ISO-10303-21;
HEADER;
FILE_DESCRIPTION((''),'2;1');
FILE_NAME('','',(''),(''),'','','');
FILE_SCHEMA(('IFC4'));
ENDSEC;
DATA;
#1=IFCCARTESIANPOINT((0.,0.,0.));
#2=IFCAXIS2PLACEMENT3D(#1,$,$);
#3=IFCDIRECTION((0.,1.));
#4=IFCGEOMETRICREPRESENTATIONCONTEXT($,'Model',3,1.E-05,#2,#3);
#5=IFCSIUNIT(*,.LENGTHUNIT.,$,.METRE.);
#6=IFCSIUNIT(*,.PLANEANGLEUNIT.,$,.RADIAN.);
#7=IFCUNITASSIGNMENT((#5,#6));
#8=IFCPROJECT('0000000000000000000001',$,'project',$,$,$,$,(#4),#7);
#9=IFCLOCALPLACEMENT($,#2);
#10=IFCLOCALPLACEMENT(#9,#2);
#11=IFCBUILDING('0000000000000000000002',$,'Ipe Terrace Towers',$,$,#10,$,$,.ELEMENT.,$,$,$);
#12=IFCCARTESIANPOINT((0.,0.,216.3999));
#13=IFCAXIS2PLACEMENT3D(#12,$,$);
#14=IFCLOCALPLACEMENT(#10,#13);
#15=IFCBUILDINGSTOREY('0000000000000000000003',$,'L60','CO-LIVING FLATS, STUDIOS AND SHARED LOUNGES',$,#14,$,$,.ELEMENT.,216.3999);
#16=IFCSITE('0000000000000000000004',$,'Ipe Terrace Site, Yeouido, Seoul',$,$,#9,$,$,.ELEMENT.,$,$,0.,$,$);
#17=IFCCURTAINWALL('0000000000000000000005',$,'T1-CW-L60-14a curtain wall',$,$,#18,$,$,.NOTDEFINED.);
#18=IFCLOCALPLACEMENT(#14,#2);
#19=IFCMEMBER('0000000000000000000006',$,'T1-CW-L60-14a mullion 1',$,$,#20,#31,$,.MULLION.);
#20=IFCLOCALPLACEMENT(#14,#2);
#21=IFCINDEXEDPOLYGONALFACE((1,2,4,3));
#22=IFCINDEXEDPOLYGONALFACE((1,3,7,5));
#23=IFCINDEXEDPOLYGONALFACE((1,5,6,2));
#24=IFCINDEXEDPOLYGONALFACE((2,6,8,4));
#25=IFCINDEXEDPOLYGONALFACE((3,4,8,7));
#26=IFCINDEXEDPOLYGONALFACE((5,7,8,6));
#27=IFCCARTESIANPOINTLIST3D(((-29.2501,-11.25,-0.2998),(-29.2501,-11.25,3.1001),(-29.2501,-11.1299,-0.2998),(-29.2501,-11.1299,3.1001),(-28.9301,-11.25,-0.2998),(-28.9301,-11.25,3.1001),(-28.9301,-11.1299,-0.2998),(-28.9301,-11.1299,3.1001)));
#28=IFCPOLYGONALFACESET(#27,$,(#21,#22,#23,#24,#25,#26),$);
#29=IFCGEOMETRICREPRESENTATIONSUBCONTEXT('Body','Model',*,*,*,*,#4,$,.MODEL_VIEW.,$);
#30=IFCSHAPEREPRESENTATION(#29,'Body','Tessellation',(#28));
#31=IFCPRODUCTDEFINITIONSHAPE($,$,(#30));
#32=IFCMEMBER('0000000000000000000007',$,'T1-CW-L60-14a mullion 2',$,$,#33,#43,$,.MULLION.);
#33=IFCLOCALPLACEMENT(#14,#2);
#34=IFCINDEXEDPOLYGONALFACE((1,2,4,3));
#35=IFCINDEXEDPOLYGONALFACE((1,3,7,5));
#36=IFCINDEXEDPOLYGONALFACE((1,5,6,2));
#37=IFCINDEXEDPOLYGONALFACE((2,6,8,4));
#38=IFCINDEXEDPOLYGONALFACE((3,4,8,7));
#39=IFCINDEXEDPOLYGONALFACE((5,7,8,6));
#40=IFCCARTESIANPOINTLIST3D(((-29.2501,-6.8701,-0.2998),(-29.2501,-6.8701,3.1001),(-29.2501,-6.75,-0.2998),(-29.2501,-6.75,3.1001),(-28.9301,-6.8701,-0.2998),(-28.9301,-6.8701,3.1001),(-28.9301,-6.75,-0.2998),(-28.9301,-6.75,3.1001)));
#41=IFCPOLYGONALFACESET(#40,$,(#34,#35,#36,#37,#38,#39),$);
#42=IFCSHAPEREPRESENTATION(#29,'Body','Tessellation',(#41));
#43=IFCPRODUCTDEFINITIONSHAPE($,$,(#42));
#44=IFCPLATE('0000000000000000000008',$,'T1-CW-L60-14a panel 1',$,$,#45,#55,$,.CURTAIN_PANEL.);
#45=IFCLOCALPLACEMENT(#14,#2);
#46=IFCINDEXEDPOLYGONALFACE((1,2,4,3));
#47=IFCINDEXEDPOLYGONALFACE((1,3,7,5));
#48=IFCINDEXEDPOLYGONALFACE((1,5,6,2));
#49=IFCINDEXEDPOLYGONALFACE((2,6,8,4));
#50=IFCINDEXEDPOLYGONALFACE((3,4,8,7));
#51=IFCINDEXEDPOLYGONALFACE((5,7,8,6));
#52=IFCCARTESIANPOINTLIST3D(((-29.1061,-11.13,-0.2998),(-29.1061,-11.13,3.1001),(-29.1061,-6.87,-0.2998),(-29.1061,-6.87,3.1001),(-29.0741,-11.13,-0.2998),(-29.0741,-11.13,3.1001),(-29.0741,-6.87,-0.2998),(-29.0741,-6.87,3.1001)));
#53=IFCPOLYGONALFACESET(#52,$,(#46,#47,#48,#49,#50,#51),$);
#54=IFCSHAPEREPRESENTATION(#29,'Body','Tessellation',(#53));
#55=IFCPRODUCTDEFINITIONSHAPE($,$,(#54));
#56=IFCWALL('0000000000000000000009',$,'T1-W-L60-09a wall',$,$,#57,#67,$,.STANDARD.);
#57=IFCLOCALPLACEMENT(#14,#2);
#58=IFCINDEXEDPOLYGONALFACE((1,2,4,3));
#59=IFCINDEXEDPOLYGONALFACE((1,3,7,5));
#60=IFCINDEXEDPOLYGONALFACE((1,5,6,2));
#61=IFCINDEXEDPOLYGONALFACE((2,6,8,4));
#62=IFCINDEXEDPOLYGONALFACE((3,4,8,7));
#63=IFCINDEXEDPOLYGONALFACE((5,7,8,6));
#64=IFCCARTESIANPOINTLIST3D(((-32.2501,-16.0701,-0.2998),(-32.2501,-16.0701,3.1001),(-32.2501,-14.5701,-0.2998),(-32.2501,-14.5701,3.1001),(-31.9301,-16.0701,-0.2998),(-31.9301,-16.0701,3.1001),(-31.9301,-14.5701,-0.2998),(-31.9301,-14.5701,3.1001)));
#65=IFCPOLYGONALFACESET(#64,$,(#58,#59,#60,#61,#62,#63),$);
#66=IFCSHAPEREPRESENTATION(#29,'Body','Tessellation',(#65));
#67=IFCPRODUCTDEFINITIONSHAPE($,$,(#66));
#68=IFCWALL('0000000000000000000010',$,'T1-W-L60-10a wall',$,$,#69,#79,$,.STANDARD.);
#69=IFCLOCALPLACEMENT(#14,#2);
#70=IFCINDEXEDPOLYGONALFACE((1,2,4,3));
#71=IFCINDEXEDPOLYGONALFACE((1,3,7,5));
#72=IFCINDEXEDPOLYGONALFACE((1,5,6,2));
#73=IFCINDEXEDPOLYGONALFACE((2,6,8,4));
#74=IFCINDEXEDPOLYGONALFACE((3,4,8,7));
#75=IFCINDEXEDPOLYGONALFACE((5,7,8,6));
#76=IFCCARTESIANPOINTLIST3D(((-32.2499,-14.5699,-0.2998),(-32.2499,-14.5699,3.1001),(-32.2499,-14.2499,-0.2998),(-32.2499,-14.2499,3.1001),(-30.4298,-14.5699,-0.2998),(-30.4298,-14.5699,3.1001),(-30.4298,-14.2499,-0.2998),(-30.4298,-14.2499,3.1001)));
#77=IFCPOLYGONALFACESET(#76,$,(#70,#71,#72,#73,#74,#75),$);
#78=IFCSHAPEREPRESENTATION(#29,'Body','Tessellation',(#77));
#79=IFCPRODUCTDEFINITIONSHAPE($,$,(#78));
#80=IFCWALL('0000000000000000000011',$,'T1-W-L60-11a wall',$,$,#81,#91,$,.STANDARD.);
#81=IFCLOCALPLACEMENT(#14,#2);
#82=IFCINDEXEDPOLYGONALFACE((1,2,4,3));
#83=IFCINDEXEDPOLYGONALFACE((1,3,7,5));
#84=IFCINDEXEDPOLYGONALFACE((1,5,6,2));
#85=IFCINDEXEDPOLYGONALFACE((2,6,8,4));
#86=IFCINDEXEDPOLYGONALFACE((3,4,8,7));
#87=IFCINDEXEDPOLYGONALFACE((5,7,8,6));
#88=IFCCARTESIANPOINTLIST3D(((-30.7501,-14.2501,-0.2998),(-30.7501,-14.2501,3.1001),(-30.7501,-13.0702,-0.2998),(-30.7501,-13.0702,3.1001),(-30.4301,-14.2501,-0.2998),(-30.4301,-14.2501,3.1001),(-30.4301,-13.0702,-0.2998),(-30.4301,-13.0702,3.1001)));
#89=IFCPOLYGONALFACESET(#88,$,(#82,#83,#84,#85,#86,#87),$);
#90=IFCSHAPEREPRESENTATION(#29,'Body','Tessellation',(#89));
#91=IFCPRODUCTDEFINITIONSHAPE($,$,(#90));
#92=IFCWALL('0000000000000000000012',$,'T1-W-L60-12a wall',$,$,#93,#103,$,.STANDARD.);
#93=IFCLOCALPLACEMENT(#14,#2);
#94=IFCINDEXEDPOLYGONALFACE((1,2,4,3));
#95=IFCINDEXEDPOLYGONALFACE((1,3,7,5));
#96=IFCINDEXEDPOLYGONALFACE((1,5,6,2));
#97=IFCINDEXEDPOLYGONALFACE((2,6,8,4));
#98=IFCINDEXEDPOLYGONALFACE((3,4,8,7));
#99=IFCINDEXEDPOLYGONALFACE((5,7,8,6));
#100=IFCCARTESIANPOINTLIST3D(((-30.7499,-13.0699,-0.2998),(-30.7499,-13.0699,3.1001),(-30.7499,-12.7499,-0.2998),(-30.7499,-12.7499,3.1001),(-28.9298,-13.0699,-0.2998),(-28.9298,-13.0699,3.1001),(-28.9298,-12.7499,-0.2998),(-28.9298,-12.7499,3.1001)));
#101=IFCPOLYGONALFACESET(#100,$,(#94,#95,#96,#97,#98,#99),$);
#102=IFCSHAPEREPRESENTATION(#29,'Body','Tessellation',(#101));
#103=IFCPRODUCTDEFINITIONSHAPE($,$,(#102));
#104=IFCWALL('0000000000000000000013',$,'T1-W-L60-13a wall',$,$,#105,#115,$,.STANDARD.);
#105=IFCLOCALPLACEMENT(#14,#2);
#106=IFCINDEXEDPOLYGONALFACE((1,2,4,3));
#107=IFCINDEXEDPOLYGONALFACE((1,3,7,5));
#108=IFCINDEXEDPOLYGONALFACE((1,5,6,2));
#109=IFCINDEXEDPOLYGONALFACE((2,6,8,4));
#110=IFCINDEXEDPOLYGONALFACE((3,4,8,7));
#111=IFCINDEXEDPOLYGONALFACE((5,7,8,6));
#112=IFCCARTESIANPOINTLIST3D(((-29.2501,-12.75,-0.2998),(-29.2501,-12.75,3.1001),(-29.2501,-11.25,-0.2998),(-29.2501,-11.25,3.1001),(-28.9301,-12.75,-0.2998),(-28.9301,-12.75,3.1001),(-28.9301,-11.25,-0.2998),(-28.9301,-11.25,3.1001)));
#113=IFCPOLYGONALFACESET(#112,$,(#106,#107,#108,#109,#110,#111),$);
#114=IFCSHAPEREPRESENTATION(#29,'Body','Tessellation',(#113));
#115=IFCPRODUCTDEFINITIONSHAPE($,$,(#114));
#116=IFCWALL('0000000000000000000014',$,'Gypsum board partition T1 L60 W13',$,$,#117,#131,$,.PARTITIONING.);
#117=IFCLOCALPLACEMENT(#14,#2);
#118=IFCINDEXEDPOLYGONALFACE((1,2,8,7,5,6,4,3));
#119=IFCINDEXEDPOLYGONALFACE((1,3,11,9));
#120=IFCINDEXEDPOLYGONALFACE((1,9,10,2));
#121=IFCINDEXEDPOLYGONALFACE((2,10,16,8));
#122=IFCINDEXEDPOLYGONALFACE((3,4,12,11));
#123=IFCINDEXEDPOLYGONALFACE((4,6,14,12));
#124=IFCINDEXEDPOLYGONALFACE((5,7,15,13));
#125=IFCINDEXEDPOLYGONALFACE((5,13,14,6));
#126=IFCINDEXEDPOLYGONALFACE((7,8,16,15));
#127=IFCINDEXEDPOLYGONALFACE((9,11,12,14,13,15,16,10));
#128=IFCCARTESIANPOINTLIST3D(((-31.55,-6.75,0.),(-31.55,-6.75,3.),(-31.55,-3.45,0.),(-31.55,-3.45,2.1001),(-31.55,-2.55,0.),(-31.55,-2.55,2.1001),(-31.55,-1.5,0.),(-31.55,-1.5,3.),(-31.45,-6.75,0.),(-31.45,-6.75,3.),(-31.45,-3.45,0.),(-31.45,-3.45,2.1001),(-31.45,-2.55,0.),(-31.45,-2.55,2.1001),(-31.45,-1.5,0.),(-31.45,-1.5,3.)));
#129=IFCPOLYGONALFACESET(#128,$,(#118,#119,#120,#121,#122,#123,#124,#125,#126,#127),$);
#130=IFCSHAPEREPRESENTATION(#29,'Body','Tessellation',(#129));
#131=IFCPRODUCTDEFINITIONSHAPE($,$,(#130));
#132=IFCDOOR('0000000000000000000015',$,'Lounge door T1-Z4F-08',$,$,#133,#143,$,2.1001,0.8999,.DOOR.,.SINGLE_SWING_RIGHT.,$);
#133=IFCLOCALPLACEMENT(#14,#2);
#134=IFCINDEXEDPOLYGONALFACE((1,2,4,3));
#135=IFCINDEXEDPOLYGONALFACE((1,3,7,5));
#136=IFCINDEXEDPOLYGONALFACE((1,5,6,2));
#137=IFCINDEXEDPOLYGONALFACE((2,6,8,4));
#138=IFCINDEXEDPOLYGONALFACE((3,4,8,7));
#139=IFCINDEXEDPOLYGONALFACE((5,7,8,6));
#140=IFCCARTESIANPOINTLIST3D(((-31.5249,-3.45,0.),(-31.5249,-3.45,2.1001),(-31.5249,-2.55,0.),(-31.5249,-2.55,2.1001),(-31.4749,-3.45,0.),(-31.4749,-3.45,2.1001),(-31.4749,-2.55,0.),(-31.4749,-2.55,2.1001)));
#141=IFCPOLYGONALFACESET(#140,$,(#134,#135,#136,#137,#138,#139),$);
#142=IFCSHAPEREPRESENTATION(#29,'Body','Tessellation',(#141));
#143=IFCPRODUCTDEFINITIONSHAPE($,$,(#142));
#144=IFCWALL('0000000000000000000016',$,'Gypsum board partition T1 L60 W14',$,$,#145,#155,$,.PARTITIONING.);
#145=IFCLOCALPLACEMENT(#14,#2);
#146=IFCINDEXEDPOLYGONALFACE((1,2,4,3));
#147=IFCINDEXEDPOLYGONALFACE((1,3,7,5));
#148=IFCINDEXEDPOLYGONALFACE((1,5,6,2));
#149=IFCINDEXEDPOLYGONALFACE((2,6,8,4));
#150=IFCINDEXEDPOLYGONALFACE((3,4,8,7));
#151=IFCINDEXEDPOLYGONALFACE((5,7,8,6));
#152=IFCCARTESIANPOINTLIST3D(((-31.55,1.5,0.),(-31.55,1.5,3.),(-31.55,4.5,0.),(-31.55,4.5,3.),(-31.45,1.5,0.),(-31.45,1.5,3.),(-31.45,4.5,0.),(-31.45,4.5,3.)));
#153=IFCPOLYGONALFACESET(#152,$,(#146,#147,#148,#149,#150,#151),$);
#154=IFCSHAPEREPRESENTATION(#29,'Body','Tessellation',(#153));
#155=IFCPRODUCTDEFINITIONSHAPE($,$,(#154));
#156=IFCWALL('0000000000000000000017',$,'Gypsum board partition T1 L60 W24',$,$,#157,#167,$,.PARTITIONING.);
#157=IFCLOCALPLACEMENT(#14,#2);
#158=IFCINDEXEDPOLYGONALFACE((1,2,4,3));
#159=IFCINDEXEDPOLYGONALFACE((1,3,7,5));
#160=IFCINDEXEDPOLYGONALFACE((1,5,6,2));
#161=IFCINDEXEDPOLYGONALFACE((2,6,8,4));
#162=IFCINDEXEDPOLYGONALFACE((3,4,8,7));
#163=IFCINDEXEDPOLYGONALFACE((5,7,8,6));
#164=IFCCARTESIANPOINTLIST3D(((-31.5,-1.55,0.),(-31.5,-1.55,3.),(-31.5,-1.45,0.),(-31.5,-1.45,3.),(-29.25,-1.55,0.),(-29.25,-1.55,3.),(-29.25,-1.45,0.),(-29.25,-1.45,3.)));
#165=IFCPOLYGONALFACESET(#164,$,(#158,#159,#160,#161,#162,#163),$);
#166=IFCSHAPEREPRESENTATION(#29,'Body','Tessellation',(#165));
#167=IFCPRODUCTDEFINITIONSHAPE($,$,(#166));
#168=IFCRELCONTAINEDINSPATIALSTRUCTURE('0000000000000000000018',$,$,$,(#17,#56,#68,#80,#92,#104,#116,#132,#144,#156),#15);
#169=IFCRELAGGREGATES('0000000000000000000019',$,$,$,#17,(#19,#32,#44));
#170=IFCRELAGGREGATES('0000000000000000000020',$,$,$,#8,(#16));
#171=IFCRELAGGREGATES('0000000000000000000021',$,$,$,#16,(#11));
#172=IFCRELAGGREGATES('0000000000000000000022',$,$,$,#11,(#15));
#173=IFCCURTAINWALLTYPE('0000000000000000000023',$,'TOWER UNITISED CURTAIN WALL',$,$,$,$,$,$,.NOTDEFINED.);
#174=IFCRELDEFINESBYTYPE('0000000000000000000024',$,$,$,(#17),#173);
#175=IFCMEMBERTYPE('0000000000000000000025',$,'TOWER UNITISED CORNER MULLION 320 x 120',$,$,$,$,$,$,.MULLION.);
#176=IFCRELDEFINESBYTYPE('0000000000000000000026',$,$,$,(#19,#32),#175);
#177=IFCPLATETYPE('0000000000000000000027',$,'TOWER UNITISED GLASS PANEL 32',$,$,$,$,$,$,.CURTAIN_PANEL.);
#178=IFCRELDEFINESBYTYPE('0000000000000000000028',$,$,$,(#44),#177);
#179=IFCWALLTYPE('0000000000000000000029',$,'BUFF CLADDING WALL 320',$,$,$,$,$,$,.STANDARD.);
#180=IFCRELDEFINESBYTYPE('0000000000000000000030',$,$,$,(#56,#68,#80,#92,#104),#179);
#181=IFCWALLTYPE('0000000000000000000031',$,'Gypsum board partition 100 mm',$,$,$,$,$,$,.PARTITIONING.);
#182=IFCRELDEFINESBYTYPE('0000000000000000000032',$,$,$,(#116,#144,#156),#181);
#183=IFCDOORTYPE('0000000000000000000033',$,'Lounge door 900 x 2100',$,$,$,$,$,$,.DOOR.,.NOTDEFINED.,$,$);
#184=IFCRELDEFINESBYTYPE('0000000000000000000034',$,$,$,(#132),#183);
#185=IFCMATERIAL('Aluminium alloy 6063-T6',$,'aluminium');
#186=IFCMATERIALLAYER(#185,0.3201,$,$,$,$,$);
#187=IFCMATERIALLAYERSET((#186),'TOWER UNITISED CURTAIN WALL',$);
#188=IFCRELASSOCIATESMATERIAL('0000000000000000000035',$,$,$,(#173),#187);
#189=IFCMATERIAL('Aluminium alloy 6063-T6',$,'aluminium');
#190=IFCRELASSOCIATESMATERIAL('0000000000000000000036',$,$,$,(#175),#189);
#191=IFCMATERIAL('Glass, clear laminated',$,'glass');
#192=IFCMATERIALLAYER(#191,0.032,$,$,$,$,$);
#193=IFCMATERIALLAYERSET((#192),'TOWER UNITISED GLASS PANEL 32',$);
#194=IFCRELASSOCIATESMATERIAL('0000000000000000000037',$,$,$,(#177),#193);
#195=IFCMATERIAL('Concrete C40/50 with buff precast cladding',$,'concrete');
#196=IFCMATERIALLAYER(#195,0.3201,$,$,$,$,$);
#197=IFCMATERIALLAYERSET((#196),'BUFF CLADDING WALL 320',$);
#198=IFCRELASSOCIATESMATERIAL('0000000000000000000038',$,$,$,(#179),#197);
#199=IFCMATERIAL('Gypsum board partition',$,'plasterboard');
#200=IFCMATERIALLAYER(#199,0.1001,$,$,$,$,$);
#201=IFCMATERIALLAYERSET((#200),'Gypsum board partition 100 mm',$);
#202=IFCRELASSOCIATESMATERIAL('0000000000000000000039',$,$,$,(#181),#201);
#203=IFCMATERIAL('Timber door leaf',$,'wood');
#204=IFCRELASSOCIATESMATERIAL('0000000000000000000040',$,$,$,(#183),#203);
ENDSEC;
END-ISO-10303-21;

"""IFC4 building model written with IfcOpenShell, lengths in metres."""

from ifc_helpers import new_model, si_unit, direction, frame, frame_2d, origin, origin_2d, place, context, subcontext, project, spatial, rectangle, extrude, material, layer, layer_set, material_profile, profile_set, type_object, element, fill, aggregate, save


model = new_model("IFC4")

# Units and contexts
model_context = context("Model", 3, precision=1e-05, world=origin(), true_north=direction((0.0, 1.0)))
body_context = subcontext(model_context, "Body", "Model", "MODEL_VIEW")
ifc_project = project(units=[si_unit("LENGTHUNIT", "METRE"), si_unit("PLANEANGLEUNIT", "RADIAN")], contexts=[model_context])

# Site, building, storey
site_placement = place(None, origin())
site = spatial("IfcSite", under=ifc_project, at=site_placement, Name="Ipe Terrace Site, Yeouido, Seoul", CompositionType="ELEMENT", RefElevation=0.0)
building_placement = place(site_placement, origin())
building = spatial("IfcBuilding", under=site, at=building_placement, Name="Ipe Terrace Towers", CompositionType="ELEMENT")
storey_placement = place(building_placement, frame((0.0, 0.0, 216.3999)))
storey = spatial("IfcBuildingStorey", under=building, at=storey_placement, Name="L60", Description="CO-LIVING FLATS, STUDIOS AND SHARED LOUNGES", CompositionType="ELEMENT", Elevation=216.3999)

# Shared definitions
ifc_material_1 = material(Name="Aluminium alloy 6063-T6", Category="aluminium")
ifc_layer_1 = layer(ifc_material_1, 0.3201)
ifc_layer_set_1 = layer_set([ifc_layer_1], Name="TOWER UNITISED CURTAIN WALL")
curtain_wall_type = type_object("IfcCurtainWallType", Name="TOWER UNITISED CURTAIN WALL", PredefinedType="NOTDEFINED", material=ifc_layer_set_1)
ifc_material_2 = material(Name="Aluminium alloy 6063-T6", Category="aluminium")
ifc_material_profile_1 = material_profile(ifc_material_2, rectangle(XDim=0.3201, YDim=0.1201, at=origin_2d()), Name="TOWER UNITISED CORNER MULLION 320 x 120")
ifc_profile_set_1 = profile_set([ifc_material_profile_1], Name="Aluminium alloy 6063-T6")
member_type = type_object("IfcMemberType", Name="TOWER UNITISED CORNER MULLION 320 x 120", PredefinedType="MULLION", material=ifc_profile_set_1)

# Curtain wall, members, plate
curtain_wall_1_placement = place(storey_placement, origin())
curtain_wall_1 = element("IfcCurtainWall", 1, at=curtain_wall_1_placement, inside=storey, type_object=curtain_wall_type, Name="T1-CW-L60-14a curtain wall", PredefinedType="NOTDEFINED")
member_1_placement = place(storey_placement, frame((-29.0901, -11.1899, -0.2998), z_axis=(0.0, 0.0, 1.0), x_axis=(1.0, 0.0, 0.0)))
member_1 = element("IfcMember", 2, at=member_1_placement, type_object=member_type, Name="T1-CW-L60-14a mullion 1", PredefinedType="MULLION", context=body_context, shape_type="SweptSolid", body=[
    extrude(rectangle(XDim=0.3201, YDim=0.1201, at=origin_2d()), origin(), (0.0, 0.0, 1.0), 3.3999),
])
member_2_placement = place(storey_placement, frame((-29.0901, -6.8101, -0.2998), z_axis=(0.0, 0.0, 1.0), x_axis=(1.0, 0.0, 0.0)))
member_2 = element("IfcMember", 3, at=member_2_placement, type_object=member_type, Name="T1-CW-L60-14a mullion 2", PredefinedType="MULLION", context=body_context, shape_type="SweptSolid", body=[
    extrude(rectangle(XDim=0.3201, YDim=0.1201, at=origin_2d()), origin(), (0.0, 0.0, 1.0), 3.3999),
])
ifc_material_3 = material(Name="Glass, clear laminated", Category="glass")
ifc_layer_2 = layer(ifc_material_3, 0.032)
ifc_layer_set_2 = layer_set([ifc_layer_2], Name="TOWER UNITISED GLASS PANEL 32")
plate_type = type_object("IfcPlateType", Name="TOWER UNITISED GLASS PANEL 32", PredefinedType="CURTAIN_PANEL", material=ifc_layer_set_2)
plate_placement = place(storey_placement, frame((-29.0901, -9.0, -0.2998), z_axis=(0.0, 0.0, 1.0), x_axis=(0.0, 1.0, 0.0)))
plate = element("IfcPlate", 4, at=plate_placement, type_object=plate_type, Name="T1-CW-L60-14a panel 1", PredefinedType="CURTAIN_PANEL", context=body_context, shape_type="SweptSolid", body=[
    extrude(rectangle(XDim=4.26, YDim=0.032, at=origin_2d()), origin(), (0.0, 0.0, 1.0), 3.3999),
])
aggregate(curtain_wall_1, [member_1, member_2, plate])

# Walls
ifc_material_4 = material(Name="Concrete C40/50 with buff precast cladding", Category="concrete")
ifc_layer_3 = layer(ifc_material_4, 0.3201)
ifc_layer_set_3 = layer_set([ifc_layer_3], Name="BUFF CLADDING WALL 320")
wall_type_1 = type_object("IfcWallType", Name="BUFF CLADDING WALL 320", PredefinedType="STANDARD", material=ifc_layer_set_3)
wall_1_placement = place(storey_placement, frame((-32.0901, -16.0701, -0.2998), z_axis=(0.0, 0.0, 1.0), x_axis=(0.0, 1.0, 0.0)))
element("IfcWall", 5, at=wall_1_placement, inside=storey, type_object=wall_type_1, Name="T1-W-L60-09a wall", PredefinedType="STANDARD", context=body_context, shape_type="SweptSolid", body=[
    extrude(rectangle(XDim=1.5, YDim=0.3201, at=frame_2d((0.75, 0.0))), origin(), (0.0, 0.0, 1.0), 3.3999),
])
wall_2_placement = place(storey_placement, frame((-32.25, -14.4099, -0.2998), z_axis=(0.0, 0.0, 1.0), x_axis=(1.0, 0.0, 0.0)))
element("IfcWall", 6, at=wall_2_placement, inside=storey, type_object=wall_type_1, Name="T1-W-L60-10a wall", PredefinedType="STANDARD", context=body_context, shape_type="SweptSolid", body=[
    extrude(rectangle(XDim=1.8201, YDim=0.3201, at=frame_2d((0.9102, 0.0))), origin(), (0.0, 0.0, 1.0), 3.3999),
])
wall_3_placement = place(storey_placement, frame((-30.5901, -14.25, -0.2998), z_axis=(0.0, 0.0, 1.0), x_axis=(0.0, 1.0, 0.0)))
element("IfcWall", 7, at=wall_3_placement, inside=storey, type_object=wall_type_1, Name="T1-W-L60-11a wall", PredefinedType="STANDARD", context=body_context, shape_type="SweptSolid", body=[
    extrude(rectangle(XDim=1.1799, YDim=0.3201, at=frame_2d((0.5898, 0.0))), origin(), (0.0, 0.0, 1.0), 3.3999),
])
wall_4_placement = place(storey_placement, frame((-30.75, -12.9099, -0.2998), z_axis=(0.0, 0.0, 1.0), x_axis=(1.0, 0.0, 0.0)))
element("IfcWall", 8, at=wall_4_placement, inside=storey, type_object=wall_type_1, Name="T1-W-L60-12a wall", PredefinedType="STANDARD", context=body_context, shape_type="SweptSolid", body=[
    extrude(rectangle(XDim=1.8201, YDim=0.3201, at=frame_2d((0.9102, 0.0))), origin(), (0.0, 0.0, 1.0), 3.3999),
])
wall_5_placement = place(storey_placement, frame((-29.0901, -12.75, -0.2998), z_axis=(0.0, 0.0, 1.0), x_axis=(0.0, 1.0, 0.0)))
element("IfcWall", 9, at=wall_5_placement, inside=storey, type_object=wall_type_1, Name="T1-W-L60-13a wall", PredefinedType="STANDARD", context=body_context, shape_type="SweptSolid", body=[
    extrude(rectangle(XDim=1.5, YDim=0.3201, at=frame_2d((0.75, 0.0))), origin(), (0.0, 0.0, 1.0), 3.3999),
])

# Wall, opening, door
ifc_material_5 = material(Name="Gypsum board partition", Category="plasterboard")
ifc_layer_4 = layer(ifc_material_5, 0.1001)
ifc_layer_set_4 = layer_set([ifc_layer_4], Name="Gypsum board partition 100 mm")
wall_type_2 = type_object("IfcWallType", Name="Gypsum board partition 100 mm", PredefinedType="PARTITIONING", material=ifc_layer_set_4)
wall_6_placement = place(storey_placement, frame((-31.5, -6.75, 0.0), z_axis=(0.0, 0.0, 1.0), x_axis=(0.0, 1.0, 0.0)))
wall_6 = element("IfcWall", 10, at=wall_6_placement, inside=storey, type_object=wall_type_2, Name="Gypsum board partition T1 L60 W13", PredefinedType="PARTITIONING", context=body_context, shape_type="SweptSolid", body=[
    extrude(rectangle(XDim=5.25, YDim=0.1001, at=frame_2d((2.625, 0.0))), origin(), (0.0, 0.0, 1.0), 3.0),
])
opening_1_placement = place(wall_6_placement, frame((3.3, 0.0, 0.0)))
opening_1 = element("IfcOpeningElement", 11, at=opening_1_placement, cuts=wall_6, PredefinedType="OPENING", context=body_context, shape_type="SweptSolid", body=[
    extrude(rectangle(XDim=0.8999, YDim=2.1001, at=frame_2d((0.45, 1.05))), frame((0.0, 0.0601, 0.0), z_axis=(0.0, -1.0, 0.0), x_axis=(1.0, 0.0, 0.0)), (0.0, 0.0, 1.0), 0.1201),
])
ifc_material_6 = material(Name="Timber door leaf", Category="wood")
door_type_1 = type_object("IfcDoorType", Name="Lounge door 900 x 2100", OperationType="NOTDEFINED", PredefinedType="DOOR", material=ifc_material_6)
door_1_placement = place(opening_1_placement, origin())
door_1 = element("IfcDoor", 12, at=door_1_placement, inside=storey, type_object=door_type_1, Name="Lounge door T1-Z4F-08", OperationType="SINGLE_SWING_RIGHT", OverallHeight=2.1001, OverallWidth=0.8999, PredefinedType="DOOR", context=body_context, shape_type="SweptSolid", body=[
    extrude(rectangle(XDim=0.8999, YDim=2.1001, at=frame_2d((0.45, 1.05))), frame((0.0, 0.0249, 0.0), z_axis=(0.0, -1.0, 0.0), x_axis=(1.0, 0.0, 0.0)), (0.0, 0.0, 1.0), 0.05),
])
fill(opening_1, door_1)

# Walls
wall_7_placement = place(storey_placement, frame((-31.5, 1.5, 0.0), z_axis=(0.0, 0.0, 1.0), x_axis=(0.0, 1.0, 0.0)))
element("IfcWall", 13, at=wall_7_placement, inside=storey, type_object=wall_type_2, Name="Gypsum board partition T1 L60 W14", PredefinedType="PARTITIONING", context=body_context, shape_type="SweptSolid", body=[
    extrude(rectangle(XDim=3.0, YDim=0.1001, at=frame_2d((1.5, 0.0))), origin(), (0.0, 0.0, 1.0), 3.0),
])
wall_8_placement = place(storey_placement, frame((-31.5, -1.5, 0.0), z_axis=(0.0, 0.0, 1.0), x_axis=(1.0, 0.0, 0.0)))
element("IfcWall", 14, at=wall_8_placement, inside=storey, type_object=wall_type_2, Name="Gypsum board partition T1 L60 W24", PredefinedType="PARTITIONING", context=body_context, shape_type="SweptSolid", body=[
    extrude(rectangle(XDim=2.25, YDim=0.1001, at=frame_2d((1.125, 0.0))), origin(), (0.0, 0.0, 1.0), 3.0),
])

save(model, "model.ifc")
